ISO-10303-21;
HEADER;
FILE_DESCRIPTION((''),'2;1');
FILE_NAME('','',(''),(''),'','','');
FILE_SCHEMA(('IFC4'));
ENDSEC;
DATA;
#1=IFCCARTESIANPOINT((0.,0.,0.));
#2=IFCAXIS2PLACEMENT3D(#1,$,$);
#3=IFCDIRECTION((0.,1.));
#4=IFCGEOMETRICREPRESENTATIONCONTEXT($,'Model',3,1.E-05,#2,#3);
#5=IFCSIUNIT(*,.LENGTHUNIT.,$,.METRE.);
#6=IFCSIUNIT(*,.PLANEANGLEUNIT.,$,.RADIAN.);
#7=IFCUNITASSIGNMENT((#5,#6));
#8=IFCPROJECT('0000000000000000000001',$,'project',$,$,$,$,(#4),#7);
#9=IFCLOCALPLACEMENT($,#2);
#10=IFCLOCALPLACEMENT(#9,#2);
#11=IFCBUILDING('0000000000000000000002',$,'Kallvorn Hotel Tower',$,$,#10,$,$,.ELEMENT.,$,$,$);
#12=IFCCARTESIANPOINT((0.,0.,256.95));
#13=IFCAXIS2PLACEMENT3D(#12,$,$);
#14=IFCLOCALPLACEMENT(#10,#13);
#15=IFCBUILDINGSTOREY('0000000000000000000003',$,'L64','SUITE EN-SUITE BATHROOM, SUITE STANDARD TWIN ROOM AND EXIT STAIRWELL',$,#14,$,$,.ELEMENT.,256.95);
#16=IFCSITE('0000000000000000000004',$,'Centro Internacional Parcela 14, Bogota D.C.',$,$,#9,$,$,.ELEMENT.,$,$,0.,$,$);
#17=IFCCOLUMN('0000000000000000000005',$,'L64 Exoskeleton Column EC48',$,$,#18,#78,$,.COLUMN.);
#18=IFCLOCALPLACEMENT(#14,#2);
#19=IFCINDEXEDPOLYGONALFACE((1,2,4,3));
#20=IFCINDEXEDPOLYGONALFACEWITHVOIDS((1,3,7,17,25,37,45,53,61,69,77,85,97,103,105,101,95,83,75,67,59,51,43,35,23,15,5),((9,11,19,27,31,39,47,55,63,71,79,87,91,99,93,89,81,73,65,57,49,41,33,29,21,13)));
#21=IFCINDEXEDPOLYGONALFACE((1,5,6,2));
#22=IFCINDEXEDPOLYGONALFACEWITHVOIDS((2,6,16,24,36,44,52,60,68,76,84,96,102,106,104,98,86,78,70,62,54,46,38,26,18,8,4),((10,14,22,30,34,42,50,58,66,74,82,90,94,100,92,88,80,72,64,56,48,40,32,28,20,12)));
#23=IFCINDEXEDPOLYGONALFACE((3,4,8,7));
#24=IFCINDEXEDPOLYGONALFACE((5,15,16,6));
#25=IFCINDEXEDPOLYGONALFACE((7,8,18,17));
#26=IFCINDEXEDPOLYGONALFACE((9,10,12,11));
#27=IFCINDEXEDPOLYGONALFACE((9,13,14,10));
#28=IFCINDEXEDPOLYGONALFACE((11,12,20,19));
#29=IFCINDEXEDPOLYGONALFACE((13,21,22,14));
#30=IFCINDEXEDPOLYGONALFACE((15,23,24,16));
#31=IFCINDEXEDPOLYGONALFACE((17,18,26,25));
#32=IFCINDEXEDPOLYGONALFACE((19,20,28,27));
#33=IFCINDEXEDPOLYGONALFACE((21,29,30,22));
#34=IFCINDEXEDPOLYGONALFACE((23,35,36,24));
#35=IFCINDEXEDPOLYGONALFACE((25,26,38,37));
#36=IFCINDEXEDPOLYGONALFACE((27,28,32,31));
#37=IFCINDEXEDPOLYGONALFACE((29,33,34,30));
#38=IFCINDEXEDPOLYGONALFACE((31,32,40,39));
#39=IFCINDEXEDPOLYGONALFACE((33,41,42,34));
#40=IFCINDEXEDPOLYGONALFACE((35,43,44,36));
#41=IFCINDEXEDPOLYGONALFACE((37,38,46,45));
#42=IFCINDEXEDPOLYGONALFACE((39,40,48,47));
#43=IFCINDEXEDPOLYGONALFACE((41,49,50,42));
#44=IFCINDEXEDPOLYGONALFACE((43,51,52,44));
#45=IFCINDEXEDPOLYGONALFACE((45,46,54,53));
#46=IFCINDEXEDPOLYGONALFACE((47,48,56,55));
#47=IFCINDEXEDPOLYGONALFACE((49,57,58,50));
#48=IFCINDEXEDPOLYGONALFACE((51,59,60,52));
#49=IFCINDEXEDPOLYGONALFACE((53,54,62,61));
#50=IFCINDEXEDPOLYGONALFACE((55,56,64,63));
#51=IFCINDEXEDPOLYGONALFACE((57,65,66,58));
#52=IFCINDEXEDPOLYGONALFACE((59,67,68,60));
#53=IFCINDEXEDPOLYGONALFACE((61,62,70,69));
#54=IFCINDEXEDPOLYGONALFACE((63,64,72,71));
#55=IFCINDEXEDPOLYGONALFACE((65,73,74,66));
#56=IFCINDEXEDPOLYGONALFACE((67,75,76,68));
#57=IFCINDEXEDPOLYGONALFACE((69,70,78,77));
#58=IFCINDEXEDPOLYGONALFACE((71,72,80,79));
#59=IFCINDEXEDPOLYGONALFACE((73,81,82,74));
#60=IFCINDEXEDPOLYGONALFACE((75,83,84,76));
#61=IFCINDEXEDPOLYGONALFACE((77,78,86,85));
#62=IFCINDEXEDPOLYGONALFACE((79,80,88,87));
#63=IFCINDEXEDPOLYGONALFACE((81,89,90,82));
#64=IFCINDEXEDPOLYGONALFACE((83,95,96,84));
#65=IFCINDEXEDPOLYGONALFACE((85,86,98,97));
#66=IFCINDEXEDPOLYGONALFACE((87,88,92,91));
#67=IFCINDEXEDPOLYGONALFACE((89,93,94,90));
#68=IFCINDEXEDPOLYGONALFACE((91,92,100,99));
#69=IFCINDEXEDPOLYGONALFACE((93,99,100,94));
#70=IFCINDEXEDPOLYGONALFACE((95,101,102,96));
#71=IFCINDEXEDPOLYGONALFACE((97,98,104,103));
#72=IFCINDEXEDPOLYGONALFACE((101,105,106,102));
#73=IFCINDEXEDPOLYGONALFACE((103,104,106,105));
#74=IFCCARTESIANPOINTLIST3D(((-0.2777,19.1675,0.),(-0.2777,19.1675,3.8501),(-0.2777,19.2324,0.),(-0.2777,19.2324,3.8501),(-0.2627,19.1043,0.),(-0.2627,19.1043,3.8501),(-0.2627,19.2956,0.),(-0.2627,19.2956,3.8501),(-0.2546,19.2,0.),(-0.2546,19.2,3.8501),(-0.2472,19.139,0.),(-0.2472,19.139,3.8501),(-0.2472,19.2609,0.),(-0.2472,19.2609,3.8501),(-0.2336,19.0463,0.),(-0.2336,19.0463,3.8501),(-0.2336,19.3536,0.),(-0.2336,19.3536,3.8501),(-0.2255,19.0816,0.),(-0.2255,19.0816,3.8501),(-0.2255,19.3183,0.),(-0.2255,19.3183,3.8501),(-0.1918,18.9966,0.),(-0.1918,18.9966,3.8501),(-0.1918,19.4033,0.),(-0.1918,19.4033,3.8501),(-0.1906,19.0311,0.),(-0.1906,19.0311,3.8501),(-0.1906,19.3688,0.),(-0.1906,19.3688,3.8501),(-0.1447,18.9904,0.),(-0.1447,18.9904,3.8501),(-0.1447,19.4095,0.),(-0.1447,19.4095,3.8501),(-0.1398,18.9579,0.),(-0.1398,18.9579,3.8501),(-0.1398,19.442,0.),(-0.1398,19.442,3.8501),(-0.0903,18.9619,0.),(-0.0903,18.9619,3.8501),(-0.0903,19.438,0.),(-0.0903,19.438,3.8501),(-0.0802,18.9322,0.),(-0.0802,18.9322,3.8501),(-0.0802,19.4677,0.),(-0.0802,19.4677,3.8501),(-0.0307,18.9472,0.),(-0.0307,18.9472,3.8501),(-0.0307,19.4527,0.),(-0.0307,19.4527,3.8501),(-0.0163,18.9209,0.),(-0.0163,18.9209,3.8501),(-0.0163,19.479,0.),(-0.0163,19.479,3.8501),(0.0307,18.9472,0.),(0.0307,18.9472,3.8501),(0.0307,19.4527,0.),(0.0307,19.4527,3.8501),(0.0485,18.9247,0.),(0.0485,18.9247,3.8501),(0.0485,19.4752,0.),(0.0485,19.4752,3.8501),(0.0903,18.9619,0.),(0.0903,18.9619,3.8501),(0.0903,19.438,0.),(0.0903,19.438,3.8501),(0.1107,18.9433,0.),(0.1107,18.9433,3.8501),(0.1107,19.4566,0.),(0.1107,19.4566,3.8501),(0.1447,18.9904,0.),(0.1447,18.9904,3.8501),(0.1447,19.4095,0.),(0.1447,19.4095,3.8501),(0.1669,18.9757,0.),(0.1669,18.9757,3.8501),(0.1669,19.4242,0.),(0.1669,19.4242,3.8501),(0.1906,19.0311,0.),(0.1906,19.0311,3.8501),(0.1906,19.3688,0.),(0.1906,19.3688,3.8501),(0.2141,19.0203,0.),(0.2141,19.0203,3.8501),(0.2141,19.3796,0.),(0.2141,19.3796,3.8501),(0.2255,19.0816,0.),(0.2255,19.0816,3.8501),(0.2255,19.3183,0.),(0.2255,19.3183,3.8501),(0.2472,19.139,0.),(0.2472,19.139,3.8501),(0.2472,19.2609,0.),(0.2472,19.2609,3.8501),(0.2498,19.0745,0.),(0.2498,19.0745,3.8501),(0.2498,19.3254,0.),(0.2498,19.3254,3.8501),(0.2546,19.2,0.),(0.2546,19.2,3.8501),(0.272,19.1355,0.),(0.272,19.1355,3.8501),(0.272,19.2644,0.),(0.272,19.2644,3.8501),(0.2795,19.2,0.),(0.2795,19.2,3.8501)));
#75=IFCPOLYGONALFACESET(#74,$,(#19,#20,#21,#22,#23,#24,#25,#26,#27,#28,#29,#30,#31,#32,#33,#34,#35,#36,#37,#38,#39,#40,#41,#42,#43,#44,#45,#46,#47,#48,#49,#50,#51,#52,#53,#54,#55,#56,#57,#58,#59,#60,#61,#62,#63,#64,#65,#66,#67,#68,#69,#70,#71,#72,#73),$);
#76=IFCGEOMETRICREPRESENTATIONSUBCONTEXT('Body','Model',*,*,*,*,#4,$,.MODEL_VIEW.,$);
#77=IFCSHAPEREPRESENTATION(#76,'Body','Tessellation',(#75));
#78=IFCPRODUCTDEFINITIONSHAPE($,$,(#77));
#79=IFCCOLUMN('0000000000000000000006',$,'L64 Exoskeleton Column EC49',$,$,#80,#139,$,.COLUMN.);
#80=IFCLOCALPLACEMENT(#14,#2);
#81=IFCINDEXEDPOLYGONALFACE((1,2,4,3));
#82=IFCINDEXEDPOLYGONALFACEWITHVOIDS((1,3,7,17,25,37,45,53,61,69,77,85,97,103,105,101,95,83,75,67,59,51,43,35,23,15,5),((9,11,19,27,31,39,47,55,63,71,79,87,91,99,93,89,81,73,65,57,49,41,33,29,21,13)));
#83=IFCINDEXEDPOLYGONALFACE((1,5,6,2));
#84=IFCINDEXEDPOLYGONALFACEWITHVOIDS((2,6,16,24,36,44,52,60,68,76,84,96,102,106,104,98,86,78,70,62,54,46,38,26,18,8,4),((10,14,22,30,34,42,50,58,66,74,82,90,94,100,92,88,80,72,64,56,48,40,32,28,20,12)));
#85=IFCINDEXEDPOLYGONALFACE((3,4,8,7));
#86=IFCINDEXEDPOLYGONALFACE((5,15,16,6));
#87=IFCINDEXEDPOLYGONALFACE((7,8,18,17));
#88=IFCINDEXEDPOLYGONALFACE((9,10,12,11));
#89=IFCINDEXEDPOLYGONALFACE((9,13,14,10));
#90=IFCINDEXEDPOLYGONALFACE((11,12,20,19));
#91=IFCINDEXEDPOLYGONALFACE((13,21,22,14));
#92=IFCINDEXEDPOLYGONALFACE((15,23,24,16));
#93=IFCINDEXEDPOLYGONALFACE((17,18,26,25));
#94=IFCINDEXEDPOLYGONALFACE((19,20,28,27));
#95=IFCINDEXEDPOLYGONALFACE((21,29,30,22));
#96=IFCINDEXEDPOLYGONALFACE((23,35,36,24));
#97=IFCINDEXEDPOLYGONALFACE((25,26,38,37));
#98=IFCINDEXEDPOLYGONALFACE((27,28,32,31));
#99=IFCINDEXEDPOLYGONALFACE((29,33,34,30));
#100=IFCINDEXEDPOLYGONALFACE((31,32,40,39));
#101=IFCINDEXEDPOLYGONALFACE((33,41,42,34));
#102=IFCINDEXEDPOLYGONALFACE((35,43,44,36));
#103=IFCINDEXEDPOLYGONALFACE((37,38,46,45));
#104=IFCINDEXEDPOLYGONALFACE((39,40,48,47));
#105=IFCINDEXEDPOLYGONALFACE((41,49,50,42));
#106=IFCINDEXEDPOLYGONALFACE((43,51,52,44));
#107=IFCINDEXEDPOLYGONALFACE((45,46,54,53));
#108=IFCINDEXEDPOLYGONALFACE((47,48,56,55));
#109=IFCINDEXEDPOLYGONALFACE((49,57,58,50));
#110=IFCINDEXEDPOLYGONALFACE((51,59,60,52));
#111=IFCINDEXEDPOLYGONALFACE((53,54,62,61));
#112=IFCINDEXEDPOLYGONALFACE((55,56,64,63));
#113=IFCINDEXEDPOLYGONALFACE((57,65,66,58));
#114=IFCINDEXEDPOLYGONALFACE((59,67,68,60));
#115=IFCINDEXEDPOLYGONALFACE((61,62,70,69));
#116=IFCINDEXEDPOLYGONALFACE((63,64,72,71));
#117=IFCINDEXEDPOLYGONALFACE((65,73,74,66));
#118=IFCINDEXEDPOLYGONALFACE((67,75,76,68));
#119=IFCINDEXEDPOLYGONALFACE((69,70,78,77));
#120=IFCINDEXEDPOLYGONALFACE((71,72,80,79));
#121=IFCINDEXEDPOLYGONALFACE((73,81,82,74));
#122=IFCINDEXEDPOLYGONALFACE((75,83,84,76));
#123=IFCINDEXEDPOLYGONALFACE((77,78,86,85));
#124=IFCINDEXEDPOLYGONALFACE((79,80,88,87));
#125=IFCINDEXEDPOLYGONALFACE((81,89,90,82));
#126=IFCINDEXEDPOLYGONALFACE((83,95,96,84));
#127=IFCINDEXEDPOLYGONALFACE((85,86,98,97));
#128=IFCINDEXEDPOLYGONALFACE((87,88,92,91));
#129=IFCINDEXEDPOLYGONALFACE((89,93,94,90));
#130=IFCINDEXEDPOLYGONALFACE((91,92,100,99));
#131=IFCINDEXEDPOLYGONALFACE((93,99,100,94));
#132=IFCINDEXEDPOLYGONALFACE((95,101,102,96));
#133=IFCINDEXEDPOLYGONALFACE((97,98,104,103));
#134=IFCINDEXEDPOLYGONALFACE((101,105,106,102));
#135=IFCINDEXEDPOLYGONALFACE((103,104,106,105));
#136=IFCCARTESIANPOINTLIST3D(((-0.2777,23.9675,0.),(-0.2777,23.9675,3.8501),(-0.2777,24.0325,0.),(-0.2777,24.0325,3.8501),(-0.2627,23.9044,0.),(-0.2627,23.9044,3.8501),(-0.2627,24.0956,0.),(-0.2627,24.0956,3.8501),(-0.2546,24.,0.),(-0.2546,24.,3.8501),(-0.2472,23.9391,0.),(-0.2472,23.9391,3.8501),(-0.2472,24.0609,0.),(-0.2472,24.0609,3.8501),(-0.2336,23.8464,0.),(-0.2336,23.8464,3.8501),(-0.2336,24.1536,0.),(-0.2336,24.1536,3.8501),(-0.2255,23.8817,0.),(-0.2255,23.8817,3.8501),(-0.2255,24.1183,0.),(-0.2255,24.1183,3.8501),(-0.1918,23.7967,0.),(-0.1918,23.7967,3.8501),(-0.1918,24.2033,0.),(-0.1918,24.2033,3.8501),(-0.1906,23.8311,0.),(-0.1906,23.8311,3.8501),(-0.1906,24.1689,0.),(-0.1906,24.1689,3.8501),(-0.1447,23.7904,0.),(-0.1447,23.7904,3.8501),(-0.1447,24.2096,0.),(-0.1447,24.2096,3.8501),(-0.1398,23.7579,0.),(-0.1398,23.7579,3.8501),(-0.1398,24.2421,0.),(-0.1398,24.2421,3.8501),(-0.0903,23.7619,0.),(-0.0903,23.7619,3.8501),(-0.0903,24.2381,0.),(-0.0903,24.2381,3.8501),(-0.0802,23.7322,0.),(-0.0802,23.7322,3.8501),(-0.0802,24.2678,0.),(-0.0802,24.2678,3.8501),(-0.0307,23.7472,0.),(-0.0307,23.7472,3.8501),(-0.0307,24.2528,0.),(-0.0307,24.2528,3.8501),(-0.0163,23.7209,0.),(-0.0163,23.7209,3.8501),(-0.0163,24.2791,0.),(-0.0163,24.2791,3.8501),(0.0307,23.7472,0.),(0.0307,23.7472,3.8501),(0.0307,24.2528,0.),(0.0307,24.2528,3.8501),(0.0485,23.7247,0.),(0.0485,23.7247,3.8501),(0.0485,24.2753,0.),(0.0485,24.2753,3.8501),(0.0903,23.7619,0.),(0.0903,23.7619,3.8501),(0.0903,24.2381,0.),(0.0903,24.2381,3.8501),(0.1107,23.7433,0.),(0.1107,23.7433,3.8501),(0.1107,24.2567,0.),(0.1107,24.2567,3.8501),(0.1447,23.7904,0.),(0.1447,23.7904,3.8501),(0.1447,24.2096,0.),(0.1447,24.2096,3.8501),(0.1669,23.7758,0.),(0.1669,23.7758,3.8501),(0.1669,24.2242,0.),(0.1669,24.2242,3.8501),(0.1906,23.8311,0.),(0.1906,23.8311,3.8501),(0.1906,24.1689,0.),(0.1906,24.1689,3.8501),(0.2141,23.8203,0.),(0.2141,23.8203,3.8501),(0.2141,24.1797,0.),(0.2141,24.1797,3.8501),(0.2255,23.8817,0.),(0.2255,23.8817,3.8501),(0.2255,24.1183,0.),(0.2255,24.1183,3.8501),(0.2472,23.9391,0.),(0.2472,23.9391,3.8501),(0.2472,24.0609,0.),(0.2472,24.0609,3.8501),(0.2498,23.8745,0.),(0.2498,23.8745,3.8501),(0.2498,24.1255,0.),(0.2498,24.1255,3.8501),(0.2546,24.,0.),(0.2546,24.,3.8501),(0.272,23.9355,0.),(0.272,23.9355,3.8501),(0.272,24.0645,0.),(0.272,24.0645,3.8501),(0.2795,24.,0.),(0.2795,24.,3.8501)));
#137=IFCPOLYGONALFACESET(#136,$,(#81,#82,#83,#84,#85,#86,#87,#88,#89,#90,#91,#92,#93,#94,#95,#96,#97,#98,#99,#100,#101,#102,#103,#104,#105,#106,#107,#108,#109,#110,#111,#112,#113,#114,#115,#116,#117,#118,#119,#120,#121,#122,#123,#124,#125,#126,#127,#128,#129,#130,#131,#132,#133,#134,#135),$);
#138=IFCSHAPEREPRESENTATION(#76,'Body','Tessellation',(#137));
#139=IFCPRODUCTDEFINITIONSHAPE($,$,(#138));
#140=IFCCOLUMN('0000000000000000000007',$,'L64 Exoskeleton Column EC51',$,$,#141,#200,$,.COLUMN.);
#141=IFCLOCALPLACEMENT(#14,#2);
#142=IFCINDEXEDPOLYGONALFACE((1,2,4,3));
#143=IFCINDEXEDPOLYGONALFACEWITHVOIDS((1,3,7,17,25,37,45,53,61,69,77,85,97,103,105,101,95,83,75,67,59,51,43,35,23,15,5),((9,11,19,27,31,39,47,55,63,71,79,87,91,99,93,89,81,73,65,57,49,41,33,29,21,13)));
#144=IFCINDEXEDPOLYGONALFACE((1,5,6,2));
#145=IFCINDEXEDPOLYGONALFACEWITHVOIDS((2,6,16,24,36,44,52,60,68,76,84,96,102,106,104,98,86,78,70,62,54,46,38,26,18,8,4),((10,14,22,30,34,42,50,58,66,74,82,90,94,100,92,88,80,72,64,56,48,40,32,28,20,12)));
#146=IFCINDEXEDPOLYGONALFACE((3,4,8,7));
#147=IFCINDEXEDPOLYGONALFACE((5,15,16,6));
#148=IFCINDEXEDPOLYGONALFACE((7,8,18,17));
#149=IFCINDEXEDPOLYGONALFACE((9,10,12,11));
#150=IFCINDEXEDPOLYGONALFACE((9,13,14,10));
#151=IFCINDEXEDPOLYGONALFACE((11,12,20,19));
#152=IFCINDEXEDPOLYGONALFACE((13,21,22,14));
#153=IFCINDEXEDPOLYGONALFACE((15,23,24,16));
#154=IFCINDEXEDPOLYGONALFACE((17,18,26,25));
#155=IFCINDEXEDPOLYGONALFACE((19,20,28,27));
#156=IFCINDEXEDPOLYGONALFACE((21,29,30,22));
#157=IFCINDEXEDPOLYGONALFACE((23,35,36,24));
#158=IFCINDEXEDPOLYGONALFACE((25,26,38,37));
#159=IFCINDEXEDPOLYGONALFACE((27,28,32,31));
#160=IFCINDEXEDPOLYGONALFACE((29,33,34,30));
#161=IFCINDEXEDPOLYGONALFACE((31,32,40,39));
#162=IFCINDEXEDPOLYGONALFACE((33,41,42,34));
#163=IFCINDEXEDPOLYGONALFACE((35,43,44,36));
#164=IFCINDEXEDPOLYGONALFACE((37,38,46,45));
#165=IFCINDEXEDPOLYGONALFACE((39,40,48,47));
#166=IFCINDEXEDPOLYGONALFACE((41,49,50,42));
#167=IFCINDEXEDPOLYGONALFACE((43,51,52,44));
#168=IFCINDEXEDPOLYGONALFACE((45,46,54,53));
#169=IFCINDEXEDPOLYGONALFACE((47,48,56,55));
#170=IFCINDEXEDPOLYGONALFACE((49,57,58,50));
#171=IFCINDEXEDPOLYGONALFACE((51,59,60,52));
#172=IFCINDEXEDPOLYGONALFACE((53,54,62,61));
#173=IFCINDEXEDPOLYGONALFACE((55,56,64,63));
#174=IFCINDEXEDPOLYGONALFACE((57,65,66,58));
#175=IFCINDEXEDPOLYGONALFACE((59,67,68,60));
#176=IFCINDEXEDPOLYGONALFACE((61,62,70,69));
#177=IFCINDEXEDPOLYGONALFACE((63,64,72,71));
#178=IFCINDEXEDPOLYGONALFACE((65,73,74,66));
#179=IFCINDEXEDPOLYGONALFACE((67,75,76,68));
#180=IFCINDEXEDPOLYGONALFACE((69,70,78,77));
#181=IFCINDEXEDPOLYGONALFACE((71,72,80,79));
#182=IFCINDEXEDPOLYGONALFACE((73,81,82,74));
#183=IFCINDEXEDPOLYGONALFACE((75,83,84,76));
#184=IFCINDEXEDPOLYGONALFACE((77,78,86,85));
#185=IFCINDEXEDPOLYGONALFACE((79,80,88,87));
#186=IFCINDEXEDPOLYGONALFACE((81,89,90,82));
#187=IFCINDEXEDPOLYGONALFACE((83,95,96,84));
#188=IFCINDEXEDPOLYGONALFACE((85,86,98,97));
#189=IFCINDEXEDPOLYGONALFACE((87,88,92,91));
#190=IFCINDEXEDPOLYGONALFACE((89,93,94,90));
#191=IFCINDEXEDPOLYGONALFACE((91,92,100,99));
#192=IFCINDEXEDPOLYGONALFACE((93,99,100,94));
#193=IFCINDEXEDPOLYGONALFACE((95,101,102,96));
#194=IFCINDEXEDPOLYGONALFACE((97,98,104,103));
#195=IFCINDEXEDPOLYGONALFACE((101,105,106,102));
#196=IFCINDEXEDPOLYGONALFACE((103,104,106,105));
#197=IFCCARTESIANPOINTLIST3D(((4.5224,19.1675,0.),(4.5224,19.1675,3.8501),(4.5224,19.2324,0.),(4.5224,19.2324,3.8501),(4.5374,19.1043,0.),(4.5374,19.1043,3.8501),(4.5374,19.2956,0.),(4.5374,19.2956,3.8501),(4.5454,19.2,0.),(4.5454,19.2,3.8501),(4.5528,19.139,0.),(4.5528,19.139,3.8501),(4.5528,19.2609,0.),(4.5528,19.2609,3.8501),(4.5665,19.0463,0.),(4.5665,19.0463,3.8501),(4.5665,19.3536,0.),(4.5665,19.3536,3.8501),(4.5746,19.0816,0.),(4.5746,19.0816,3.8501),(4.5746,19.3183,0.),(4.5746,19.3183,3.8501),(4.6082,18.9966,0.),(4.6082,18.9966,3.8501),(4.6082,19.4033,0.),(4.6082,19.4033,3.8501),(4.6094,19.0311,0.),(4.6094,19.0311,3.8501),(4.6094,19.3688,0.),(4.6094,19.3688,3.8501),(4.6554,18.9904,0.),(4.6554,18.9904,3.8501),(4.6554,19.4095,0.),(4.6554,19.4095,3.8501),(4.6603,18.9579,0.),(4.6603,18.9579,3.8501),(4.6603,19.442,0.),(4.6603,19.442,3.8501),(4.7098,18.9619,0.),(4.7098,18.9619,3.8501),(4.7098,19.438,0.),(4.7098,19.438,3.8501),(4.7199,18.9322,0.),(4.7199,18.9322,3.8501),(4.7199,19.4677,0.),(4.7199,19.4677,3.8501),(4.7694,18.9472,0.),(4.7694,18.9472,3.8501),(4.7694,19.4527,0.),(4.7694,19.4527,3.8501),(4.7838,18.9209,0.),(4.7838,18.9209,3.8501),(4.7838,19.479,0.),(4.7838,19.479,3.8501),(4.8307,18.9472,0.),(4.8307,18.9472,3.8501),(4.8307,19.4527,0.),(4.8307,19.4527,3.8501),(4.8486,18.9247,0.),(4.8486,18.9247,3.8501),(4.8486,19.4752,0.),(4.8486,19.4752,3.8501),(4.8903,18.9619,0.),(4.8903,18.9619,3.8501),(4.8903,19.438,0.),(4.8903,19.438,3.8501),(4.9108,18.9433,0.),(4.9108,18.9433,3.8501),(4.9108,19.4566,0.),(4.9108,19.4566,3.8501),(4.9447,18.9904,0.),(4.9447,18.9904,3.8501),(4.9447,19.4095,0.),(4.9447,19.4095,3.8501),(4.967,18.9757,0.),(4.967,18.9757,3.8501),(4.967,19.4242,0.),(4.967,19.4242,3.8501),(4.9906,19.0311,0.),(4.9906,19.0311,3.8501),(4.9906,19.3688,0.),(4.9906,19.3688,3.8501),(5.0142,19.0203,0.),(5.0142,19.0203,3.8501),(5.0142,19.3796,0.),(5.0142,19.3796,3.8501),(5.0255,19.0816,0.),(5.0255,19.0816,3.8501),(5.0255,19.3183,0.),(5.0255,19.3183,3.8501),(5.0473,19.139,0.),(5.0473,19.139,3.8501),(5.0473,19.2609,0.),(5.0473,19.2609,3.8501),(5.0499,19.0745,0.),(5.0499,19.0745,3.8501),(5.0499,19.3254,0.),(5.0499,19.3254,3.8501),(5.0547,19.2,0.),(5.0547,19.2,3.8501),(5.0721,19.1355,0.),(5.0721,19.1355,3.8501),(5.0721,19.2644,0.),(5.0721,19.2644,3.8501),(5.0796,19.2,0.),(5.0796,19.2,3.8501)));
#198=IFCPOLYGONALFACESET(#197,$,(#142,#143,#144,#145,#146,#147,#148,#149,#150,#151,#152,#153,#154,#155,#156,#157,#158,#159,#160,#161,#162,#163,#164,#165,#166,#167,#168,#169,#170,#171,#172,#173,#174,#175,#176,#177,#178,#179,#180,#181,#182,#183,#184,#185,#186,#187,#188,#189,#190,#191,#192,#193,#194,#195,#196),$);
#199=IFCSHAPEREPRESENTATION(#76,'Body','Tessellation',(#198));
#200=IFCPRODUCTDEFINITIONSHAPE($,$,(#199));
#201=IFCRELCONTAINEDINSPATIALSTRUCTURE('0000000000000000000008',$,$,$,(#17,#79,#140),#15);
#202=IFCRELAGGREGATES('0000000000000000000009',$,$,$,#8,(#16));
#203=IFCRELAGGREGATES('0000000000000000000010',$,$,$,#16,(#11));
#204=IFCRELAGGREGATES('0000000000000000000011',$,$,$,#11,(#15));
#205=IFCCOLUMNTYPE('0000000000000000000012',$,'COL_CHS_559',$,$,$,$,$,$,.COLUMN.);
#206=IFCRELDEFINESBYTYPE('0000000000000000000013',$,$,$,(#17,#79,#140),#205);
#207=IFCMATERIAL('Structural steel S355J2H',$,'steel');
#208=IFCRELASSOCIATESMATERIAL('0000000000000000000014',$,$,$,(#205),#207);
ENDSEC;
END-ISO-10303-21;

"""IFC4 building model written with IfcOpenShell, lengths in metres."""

from ifc_helpers import new_model, si_unit, direction, frame, origin, origin_2d, place, context, subcontext, project, spatial, hollow_circle, extrude, material, material_profile, profile_set, type_object, element, save


model = new_model("IFC4")

# Units and contexts
model_context = context("Model", 3, precision=1e-05, world=origin(), true_north=direction((0.0, 1.0)))
body_context = subcontext(model_context, "Body", "Model", "MODEL_VIEW")
ifc_project = project(units=[si_unit("LENGTHUNIT", "METRE"), si_unit("PLANEANGLEUNIT", "RADIAN")], contexts=[model_context])

# Site, building, storey
site_placement = place(None, origin())
site = spatial("IfcSite", under=ifc_project, at=site_placement, Name="Centro Internacional Parcela 14, Bogota D.C.", CompositionType="ELEMENT", RefElevation=0.0)
building_placement = place(site_placement, origin())
building = spatial("IfcBuilding", under=site, at=building_placement, Name="Kallvorn Hotel Tower", CompositionType="ELEMENT")
storey_placement = place(building_placement, frame((0.0, 0.0, 256.95)))
storey = spatial("IfcBuildingStorey", under=building, at=storey_placement, Name="L64", Description="SUITE EN-SUITE BATHROOM, SUITE STANDARD TWIN ROOM AND EXIT STAIRWELL", CompositionType="ELEMENT", Elevation=256.95)

# Columns
ifc_material_1 = material(Name="Structural steel S355J2H", Category="steel")
ifc_material_profile_1 = material_profile(ifc_material_1, hollow_circle(Radius=0.2795, WallThickness=0.0249, at=origin_2d()), Name="CHS 559x25")
ifc_profile_set_1 = profile_set([ifc_material_profile_1], Name="Structural steel S355J2H")
column_type_1 = type_object("IfcColumnType", Name="COL_CHS_559", PredefinedType="COLUMN", material=ifc_profile_set_1)
for number, where, z_axis, x_axis, name in (
    (1, (0.0, 19.2, 0.0), (0.0, 0.0, 1.0), (1.0, 0.0, 0.0), "L64 Exoskeleton Column EC48"),
    (2, (0.0, 24.0, 0.0), (0.0, 0.0, 1.0), (1.0, 0.0, 0.0), "L64 Exoskeleton Column EC49"),
    (3, (4.8, 19.2, 0.0), (0.0, 0.0, 1.0), (1.0, 0.0, 0.0), "L64 Exoskeleton Column EC51"),
):
    element("IfcColumn", number, at=place(storey_placement, frame(where, z_axis=z_axis, x_axis=x_axis)), inside=storey, type_object=column_type_1, Name=name, PredefinedType="COLUMN", context=body_context, shape_type="SweptSolid", body=[
        extrude(hollow_circle(Radius=0.2795, WallThickness=0.0249, at=origin_2d()), origin(), (0.0, 0.0, 1.0), 3.8501),
    ])

save(model, "model.ifc")
